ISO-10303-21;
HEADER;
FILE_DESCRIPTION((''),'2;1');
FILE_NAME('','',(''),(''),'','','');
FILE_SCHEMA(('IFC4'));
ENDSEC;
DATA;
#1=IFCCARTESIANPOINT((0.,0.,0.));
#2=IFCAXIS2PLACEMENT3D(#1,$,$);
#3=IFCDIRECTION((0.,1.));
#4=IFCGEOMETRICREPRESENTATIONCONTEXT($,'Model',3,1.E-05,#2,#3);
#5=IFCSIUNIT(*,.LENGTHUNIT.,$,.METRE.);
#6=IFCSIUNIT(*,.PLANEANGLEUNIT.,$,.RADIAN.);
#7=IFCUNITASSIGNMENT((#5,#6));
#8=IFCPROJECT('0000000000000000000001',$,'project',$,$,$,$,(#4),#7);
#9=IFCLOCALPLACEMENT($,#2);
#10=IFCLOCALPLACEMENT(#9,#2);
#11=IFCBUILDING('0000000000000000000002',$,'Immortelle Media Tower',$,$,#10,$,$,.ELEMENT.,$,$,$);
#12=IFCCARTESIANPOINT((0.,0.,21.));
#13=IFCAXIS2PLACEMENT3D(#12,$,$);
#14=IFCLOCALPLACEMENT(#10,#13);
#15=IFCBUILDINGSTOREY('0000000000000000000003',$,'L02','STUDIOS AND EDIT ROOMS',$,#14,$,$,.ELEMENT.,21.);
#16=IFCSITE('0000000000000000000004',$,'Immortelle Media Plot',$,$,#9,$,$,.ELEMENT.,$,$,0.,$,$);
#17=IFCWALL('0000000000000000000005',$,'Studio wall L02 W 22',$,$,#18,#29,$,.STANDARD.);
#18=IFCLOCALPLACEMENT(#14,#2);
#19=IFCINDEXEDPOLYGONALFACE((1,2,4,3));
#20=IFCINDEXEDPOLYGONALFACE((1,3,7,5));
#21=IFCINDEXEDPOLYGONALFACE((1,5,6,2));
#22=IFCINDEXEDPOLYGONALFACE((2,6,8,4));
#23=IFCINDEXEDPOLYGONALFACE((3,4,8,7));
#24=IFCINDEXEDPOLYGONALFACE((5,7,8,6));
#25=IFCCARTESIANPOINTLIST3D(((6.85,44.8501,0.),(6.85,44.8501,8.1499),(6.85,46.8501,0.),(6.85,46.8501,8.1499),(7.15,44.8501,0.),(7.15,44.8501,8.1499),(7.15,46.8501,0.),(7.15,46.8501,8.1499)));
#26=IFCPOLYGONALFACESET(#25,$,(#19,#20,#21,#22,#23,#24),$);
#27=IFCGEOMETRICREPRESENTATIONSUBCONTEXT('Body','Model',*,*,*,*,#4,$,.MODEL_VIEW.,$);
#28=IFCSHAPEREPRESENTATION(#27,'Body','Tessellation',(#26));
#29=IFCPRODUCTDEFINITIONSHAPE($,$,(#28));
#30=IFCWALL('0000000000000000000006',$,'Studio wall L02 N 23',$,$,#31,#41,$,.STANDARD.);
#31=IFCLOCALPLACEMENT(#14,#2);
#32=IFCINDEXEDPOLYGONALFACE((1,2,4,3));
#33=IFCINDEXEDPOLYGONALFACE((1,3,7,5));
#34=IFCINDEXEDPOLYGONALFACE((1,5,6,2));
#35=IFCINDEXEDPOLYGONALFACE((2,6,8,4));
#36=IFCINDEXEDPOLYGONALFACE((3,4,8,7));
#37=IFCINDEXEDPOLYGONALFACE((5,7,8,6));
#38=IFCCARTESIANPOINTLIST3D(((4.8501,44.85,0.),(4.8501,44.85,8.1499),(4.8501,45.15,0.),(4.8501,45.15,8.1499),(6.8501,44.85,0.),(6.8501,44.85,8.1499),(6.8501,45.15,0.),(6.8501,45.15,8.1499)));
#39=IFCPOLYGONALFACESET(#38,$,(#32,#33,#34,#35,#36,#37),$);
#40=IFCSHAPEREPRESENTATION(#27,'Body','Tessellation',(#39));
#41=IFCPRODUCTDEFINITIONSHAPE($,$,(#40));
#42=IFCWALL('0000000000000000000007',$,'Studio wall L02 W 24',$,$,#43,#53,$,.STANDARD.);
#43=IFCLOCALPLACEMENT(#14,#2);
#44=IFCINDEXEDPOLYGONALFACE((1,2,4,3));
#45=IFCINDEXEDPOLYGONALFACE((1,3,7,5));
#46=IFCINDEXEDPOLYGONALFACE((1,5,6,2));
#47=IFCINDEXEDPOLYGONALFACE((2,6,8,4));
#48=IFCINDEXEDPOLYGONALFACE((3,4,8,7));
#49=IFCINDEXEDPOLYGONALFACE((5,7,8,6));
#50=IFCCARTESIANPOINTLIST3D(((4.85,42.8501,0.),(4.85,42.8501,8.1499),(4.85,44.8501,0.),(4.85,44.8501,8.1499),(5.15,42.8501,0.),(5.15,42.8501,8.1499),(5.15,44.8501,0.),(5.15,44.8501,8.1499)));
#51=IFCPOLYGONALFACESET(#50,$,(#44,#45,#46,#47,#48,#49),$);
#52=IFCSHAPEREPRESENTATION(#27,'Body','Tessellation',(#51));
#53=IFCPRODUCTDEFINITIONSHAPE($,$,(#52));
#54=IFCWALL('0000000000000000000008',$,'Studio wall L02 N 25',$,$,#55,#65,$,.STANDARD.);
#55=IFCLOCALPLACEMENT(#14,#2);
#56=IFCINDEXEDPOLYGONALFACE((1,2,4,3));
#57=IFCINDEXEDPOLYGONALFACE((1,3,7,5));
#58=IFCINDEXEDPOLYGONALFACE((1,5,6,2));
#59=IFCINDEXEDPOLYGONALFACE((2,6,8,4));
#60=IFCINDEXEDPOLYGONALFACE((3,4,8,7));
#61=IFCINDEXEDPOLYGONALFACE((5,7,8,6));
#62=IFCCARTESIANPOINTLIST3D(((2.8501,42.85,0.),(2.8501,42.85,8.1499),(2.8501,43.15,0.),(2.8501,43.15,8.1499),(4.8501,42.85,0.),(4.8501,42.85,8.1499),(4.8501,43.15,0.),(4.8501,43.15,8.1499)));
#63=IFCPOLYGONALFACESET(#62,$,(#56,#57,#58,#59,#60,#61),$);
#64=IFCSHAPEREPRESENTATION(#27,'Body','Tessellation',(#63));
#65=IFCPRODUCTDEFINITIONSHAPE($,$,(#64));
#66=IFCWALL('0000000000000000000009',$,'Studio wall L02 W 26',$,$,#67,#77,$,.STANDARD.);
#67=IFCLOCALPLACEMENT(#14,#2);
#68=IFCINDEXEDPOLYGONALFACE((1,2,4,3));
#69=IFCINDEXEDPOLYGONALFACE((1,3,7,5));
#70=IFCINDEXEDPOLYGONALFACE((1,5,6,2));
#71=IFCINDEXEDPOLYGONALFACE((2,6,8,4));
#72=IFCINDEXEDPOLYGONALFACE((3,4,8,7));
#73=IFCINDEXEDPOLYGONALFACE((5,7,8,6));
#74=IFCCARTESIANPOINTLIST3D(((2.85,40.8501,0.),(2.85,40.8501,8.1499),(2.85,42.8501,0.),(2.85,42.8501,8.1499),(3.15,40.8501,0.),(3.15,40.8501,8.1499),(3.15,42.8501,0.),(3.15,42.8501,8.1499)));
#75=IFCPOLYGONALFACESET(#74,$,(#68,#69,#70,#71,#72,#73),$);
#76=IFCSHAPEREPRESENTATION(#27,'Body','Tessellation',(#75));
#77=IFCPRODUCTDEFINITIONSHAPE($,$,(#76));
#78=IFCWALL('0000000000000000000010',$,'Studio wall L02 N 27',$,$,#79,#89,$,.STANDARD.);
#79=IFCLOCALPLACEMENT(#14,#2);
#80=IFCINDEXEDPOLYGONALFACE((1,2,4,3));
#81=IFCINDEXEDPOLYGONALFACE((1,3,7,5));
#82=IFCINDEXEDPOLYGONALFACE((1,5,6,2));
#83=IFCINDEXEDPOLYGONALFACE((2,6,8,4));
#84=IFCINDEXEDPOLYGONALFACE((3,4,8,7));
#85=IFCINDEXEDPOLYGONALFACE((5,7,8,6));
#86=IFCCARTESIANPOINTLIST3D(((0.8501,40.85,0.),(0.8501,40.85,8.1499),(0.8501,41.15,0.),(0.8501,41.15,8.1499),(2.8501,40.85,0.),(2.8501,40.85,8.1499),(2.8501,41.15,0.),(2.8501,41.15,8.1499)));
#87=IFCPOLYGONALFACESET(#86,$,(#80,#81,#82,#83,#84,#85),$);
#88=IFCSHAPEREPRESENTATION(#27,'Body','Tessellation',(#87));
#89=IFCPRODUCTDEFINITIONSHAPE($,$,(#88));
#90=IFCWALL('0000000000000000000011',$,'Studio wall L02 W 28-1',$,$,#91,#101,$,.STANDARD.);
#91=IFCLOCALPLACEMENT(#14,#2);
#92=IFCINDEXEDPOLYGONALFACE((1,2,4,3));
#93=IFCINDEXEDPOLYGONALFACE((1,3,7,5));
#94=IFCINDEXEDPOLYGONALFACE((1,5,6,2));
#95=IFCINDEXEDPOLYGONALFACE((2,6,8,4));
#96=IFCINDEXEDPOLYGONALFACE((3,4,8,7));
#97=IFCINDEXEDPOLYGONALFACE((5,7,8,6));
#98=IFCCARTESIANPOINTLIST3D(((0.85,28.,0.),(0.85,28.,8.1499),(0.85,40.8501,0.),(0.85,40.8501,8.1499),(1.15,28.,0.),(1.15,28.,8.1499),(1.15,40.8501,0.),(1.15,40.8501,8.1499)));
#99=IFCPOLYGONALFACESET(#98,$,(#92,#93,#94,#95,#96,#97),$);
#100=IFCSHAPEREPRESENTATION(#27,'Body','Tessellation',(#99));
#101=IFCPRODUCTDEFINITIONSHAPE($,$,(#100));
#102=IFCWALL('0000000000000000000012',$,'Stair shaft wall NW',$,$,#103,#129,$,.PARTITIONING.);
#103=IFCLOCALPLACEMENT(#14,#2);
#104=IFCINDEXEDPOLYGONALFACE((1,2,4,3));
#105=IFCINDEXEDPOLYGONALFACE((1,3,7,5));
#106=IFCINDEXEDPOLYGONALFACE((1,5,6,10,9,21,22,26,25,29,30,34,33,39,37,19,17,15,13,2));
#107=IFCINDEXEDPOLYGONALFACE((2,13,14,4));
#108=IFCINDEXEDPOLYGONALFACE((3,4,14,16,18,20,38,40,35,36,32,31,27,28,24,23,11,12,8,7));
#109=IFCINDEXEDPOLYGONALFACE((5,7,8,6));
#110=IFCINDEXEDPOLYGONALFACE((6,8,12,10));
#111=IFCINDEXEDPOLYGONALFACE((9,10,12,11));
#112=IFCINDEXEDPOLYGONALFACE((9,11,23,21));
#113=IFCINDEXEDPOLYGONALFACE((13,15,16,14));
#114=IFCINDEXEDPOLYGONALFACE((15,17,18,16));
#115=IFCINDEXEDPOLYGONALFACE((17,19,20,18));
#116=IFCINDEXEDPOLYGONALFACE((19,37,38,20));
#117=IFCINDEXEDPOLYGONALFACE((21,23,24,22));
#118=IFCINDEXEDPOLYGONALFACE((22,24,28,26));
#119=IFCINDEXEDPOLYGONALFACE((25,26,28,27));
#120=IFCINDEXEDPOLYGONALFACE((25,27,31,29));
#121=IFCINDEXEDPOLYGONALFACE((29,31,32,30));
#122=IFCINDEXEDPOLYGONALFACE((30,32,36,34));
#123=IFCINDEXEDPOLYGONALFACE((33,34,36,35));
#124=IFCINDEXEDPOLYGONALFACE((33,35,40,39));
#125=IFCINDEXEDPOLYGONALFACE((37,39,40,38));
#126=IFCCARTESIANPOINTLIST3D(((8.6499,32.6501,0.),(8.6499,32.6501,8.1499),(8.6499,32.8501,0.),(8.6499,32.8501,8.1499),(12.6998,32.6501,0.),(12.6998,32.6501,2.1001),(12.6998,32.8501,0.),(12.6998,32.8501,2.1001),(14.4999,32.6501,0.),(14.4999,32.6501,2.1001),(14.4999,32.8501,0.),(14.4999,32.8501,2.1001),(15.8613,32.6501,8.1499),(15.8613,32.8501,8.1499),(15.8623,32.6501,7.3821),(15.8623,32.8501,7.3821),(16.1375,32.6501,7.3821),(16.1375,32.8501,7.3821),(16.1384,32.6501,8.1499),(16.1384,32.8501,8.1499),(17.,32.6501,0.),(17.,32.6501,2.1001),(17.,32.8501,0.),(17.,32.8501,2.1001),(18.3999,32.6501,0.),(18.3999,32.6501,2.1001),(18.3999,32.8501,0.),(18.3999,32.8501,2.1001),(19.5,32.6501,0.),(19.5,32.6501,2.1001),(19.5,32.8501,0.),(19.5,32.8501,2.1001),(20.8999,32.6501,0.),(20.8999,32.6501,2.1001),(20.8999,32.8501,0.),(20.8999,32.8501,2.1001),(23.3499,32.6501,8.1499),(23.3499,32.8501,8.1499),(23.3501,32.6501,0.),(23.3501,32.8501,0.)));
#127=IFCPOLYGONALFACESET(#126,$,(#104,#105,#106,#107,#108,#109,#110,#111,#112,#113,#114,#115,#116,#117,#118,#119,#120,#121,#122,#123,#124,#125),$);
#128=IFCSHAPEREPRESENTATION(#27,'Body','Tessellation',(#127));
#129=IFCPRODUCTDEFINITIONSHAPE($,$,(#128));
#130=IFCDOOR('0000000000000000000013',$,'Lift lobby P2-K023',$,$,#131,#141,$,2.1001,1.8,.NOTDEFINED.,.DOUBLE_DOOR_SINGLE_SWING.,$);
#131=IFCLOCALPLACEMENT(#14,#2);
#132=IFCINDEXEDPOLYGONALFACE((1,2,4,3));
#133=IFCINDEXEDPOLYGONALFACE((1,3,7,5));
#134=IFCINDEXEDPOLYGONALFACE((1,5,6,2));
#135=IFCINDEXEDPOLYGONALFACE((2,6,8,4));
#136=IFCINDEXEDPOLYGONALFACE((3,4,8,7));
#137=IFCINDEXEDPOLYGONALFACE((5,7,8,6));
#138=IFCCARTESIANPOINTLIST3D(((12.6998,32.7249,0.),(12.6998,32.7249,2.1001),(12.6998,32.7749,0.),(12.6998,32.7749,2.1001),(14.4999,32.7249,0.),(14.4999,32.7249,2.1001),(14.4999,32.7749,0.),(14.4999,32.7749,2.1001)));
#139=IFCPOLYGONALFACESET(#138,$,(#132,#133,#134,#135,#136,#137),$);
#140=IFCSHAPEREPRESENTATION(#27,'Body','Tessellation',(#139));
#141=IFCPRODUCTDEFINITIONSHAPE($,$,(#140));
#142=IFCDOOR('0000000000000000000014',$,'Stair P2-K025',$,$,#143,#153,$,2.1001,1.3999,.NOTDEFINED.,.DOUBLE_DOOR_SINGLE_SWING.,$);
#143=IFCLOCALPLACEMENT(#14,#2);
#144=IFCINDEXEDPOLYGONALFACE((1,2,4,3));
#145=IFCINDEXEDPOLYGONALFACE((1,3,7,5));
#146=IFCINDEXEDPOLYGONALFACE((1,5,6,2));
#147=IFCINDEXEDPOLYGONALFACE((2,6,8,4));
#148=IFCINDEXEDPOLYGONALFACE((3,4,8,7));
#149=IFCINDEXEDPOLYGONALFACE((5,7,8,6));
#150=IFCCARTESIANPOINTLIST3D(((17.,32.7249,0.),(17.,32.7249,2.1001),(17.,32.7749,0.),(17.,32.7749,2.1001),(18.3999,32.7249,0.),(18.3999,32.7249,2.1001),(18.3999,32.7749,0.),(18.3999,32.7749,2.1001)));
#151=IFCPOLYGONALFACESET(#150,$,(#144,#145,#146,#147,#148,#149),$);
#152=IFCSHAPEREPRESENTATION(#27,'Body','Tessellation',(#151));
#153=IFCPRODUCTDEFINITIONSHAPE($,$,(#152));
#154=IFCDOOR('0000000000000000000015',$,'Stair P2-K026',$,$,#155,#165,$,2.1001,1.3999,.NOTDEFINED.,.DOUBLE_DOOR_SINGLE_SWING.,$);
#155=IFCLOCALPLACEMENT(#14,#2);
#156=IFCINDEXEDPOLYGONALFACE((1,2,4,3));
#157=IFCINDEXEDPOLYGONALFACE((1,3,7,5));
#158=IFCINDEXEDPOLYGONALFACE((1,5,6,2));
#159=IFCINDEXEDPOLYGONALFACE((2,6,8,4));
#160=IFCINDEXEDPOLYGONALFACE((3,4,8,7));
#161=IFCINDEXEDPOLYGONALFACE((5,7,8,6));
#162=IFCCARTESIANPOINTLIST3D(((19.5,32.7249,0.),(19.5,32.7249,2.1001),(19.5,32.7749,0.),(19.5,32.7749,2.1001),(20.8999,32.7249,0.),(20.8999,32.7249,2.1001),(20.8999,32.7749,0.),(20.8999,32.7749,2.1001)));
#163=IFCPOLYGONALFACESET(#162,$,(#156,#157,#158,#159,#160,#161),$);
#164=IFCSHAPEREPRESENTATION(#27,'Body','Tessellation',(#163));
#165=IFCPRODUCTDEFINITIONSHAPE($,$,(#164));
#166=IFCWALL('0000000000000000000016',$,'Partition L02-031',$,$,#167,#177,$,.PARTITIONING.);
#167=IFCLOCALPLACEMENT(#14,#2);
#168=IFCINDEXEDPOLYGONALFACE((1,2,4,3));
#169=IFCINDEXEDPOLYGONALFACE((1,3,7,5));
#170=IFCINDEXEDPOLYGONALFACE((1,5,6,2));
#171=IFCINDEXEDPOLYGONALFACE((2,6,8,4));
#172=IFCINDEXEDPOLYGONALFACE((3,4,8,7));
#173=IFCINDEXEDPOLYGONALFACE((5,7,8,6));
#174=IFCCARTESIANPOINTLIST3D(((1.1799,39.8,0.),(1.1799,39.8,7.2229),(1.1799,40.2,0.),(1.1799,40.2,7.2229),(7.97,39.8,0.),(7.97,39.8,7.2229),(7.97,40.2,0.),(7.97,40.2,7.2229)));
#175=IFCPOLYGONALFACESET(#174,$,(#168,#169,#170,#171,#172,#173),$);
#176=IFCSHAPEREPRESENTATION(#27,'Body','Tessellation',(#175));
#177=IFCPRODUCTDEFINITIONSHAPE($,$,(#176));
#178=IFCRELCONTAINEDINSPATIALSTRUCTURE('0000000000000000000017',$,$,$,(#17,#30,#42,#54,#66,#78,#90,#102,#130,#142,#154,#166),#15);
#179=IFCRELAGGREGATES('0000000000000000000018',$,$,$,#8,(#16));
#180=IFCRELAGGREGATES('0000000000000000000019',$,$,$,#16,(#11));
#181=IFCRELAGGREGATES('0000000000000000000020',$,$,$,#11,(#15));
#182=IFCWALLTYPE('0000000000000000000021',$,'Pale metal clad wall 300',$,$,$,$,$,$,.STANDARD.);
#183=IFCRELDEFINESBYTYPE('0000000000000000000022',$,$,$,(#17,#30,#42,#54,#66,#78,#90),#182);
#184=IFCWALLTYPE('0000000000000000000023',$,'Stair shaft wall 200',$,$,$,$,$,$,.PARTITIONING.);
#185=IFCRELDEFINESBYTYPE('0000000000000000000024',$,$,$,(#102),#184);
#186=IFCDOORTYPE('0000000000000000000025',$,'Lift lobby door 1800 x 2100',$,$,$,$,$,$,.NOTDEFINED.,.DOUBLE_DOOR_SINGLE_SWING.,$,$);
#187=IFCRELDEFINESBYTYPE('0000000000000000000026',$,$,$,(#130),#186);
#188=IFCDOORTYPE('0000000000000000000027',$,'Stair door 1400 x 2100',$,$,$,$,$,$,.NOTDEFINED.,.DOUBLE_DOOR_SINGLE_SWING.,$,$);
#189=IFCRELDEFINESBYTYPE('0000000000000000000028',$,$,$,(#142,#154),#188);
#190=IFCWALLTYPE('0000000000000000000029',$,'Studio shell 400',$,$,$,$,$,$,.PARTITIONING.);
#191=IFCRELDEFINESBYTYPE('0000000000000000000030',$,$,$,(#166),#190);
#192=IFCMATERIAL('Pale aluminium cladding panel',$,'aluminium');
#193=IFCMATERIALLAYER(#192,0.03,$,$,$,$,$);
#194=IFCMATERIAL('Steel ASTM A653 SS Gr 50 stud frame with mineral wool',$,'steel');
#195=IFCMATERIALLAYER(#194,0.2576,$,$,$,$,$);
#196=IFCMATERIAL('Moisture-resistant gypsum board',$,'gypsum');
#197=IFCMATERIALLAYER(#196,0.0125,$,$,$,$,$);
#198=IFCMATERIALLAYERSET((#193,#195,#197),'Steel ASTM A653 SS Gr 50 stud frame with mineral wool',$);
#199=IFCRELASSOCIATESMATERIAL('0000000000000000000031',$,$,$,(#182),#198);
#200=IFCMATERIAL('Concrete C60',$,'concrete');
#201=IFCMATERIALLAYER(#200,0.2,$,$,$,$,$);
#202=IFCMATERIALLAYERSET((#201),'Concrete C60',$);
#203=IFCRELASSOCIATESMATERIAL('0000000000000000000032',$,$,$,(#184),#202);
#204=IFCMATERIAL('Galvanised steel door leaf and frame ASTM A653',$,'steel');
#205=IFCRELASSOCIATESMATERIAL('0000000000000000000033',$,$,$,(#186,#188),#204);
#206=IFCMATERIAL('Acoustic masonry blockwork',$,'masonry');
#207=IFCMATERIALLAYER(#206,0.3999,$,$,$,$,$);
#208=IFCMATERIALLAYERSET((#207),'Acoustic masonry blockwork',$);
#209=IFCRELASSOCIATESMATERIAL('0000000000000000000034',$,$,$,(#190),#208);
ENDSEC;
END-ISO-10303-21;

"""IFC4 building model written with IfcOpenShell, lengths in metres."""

from ifc_helpers import new_model, si_unit, direction, frame, frame_2d, origin, place, context, subcontext, project, spatial, polyline, rectangle, outline, extrude, material, layer, layer_set, type_object, element, fill, save


model = new_model("IFC4")

# Units and contexts
model_context = context("Model", 3, precision=1e-05, world=origin(), true_north=direction((0.0, 1.0)))
body_context = subcontext(model_context, "Body", "Model", "MODEL_VIEW")
ifc_project = project(units=[si_unit("LENGTHUNIT", "METRE"), si_unit("PLANEANGLEUNIT", "RADIAN")], contexts=[model_context])

# Site, building, storey
site_placement = place(None, origin())
site = spatial("IfcSite", under=ifc_project, at=site_placement, Name="Immortelle Media Plot", CompositionType="ELEMENT", RefElevation=0.0)
building_placement = place(site_placement, origin())
building = spatial("IfcBuilding", under=site, at=building_placement, Name="Immortelle Media Tower", CompositionType="ELEMENT")
storey_placement = place(building_placement, frame((0.0, 0.0, 21.0)))
storey = spatial("IfcBuildingStorey", under=building, at=storey_placement, Name="L02", Description="STUDIOS AND EDIT ROOMS", CompositionType="ELEMENT", Elevation=21.0)

# Shared definitions
ifc_material_1 = material(Name="Steel ASTM A653 SS Gr 50 stud frame with mineral wool", Category="steel")

# Walls
ifc_material_2 = material(Name="Pale aluminium cladding panel", Category="aluminium")
ifc_layer_1 = layer(ifc_material_2, 0.03)
ifc_layer_2 = layer(ifc_material_1, 0.2576)
ifc_material_3 = material(Name="Moisture-resistant gypsum board", Category="gypsum")
ifc_layer_3 = layer(ifc_material_3, 0.0125)
ifc_layer_set_1 = layer_set([ifc_layer_1, ifc_layer_2, ifc_layer_3], Name="Steel ASTM A653 SS Gr 50 stud frame with mineral wool")
wall_type_1 = type_object("IfcWallType", Name="Pale metal clad wall 300", PredefinedType="STANDARD", material=ifc_layer_set_1)
for number, where, z_axis, x_axis, name in (
    (1, (7.0, 46.8501, 0.0), (0.0, 0.0, 1.0), (0.0, -1.0, 0.0), "Studio wall L02 W 22"),
    (2, (6.8501, 45.0, 0.0), (0.0, 0.0, 1.0), (-1.0, 0.0, 0.0), "Studio wall L02 N 23"),
    (3, (5.0, 44.8501, 0.0), (0.0, 0.0, 1.0), (0.0, -1.0, 0.0), "Studio wall L02 W 24"),
    (4, (4.8501, 43.0, 0.0), (0.0, 0.0, 1.0), (-1.0, 0.0, 0.0), "Studio wall L02 N 25"),
    (5, (3.0, 42.8501, 0.0), (0.0, 0.0, 1.0), (0.0, -1.0, 0.0), "Studio wall L02 W 26"),
    (6, (2.8501, 41.0, 0.0), (0.0, 0.0, 1.0), (-1.0, 0.0, 0.0), "Studio wall L02 N 27"),
):
    element("IfcWall", number, at=place(storey_placement, frame(where, z_axis=z_axis, x_axis=x_axis)), inside=storey, type_object=wall_type_1, Name=name, PredefinedType="STANDARD", context=body_context, shape_type="SweptSolid", body=[
        extrude(rectangle(XDim=2.0, YDim=0.3, at=frame_2d((1.0, 0.0))), origin(), (0.0, 0.0, 1.0), 8.1499),
    ])
wall_1_placement = place(storey_placement, frame((1.0, 40.8501, 0.0), z_axis=(0.0, 0.0, 1.0), x_axis=(0.0, -1.0, 0.0)))
element("IfcWall", 7, at=wall_1_placement, inside=storey, type_object=wall_type_1, Name="Studio wall L02 W 28-1", PredefinedType="STANDARD", context=body_context, shape_type="SweptSolid", body=[
    extrude(rectangle(XDim=12.8501, YDim=0.3, at=frame_2d((6.425, 0.0))), origin(), (0.0, 0.0, 1.0), 8.1499),
])

# Wall, openings, doors
ifc_material_4 = material(Name="Concrete C60", Category="concrete")
ifc_layer_4 = layer(ifc_material_4, 0.2)
ifc_layer_set_2 = layer_set([ifc_layer_4], Name="Concrete C60")
wall_type_2 = type_object("IfcWallType", Name="Stair shaft wall 200", PredefinedType="PARTITIONING", material=ifc_layer_set_2)
wall_2_placement = place(storey_placement, frame((8.6499, 32.75, 0.0), z_axis=(0.0, 0.0, 1.0), x_axis=(1.0, 0.0, 0.0)))
wall_2 = element("IfcWall", 8, at=wall_2_placement, inside=storey, type_object=wall_type_2, Name="Stair shaft wall NW", PredefinedType="PARTITIONING", context=body_context, shape_type="SweptSolid", body=[
    extrude(outline(polyline([(0.0, 0.0), (14.7002, 0.0), (14.7, 8.1499), (7.4885, 8.1499), (7.4875, 7.3821), (7.2124, 7.3821), (7.2114, 8.1499), (0.0, 8.1499), (0.0, 0.0)])), frame((0.0, 0.1001, 0.0), z_axis=(0.0, -1.0, 0.0), x_axis=(1.0, 0.0, 0.0)), (0.0, 0.0, 1.0), 0.2),
])
opening_1_placement = place(wall_2_placement, frame((4.05, 0.0, 0.0)))
opening_1 = element("IfcOpeningElement", 9, at=opening_1_placement, cuts=wall_2, PredefinedType="OPENING", context=body_context, shape_type="SweptSolid", body=[
    extrude(rectangle(XDim=1.8, YDim=2.1001, at=frame_2d((0.8999, 1.05))), frame((0.0, 0.1099, 0.0), z_axis=(0.0, -1.0, 0.0), x_axis=(1.0, 0.0, 0.0)), (0.0, 0.0, 1.0), 0.22),
])
opening_2_placement = place(wall_2_placement, frame((8.3501, 0.0, 0.0)))
opening_2 = element("IfcOpeningElement", 10, at=opening_2_placement, cuts=wall_2, PredefinedType="OPENING", context=body_context, shape_type="SweptSolid", body=[
    extrude(rectangle(XDim=1.3999, YDim=2.1001, at=frame_2d((0.7, 1.05))), frame((0.0, 0.1099, 0.0), z_axis=(0.0, -1.0, 0.0), x_axis=(1.0, 0.0, 0.0)), (0.0, 0.0, 1.0), 0.22),
])
opening_3_placement = place(wall_2_placement, frame((10.8501, 0.0, 0.0)))
opening_3 = element("IfcOpeningElement", 11, at=opening_3_placement, cuts=wall_2, PredefinedType="OPENING", context=body_context, shape_type="SweptSolid", body=[
    extrude(rectangle(XDim=1.3999, YDim=2.1001, at=frame_2d((0.7, 1.05))), frame((0.0, 0.1099, 0.0), z_axis=(0.0, -1.0, 0.0), x_axis=(1.0, 0.0, 0.0)), (0.0, 0.0, 1.0), 0.22),
])
ifc_material_5 = material(Name="Galvanised steel door leaf and frame ASTM A653", Category="steel")
door_type_1 = type_object("IfcDoorType", Name="Lift lobby door 1800 x 2100", OperationType="DOUBLE_DOOR_SINGLE_SWING", PredefinedType="NOTDEFINED", material=ifc_material_5)
door_1_placement = place(opening_1_placement, origin())
door_1 = element("IfcDoor", 12, at=door_1_placement, inside=storey, type_object=door_type_1, Name="Lift lobby P2-K023", OperationType="DOUBLE_DOOR_SINGLE_SWING", OverallHeight=2.1001, OverallWidth=1.8, PredefinedType="NOTDEFINED", context=body_context, shape_type="SweptSolid", body=[
    extrude(rectangle(XDim=1.8, YDim=2.1001, at=frame_2d((0.8999, 1.05))), frame((0.0, 0.0249, 0.0), z_axis=(0.0, -1.0, 0.0), x_axis=(1.0, 0.0, 0.0)), (0.0, 0.0, 1.0), 0.05),
])
fill(opening_1, door_1)
door_type_2 = type_object("IfcDoorType", Name="Stair door 1400 x 2100", OperationType="DOUBLE_DOOR_SINGLE_SWING", PredefinedType="NOTDEFINED", material=ifc_material_5)
door_2_placement = place(opening_2_placement, origin())
door_2 = element("IfcDoor", 13, at=door_2_placement, inside=storey, type_object=door_type_2, Name="Stair P2-K025", OperationType="DOUBLE_DOOR_SINGLE_SWING", OverallHeight=2.1001, OverallWidth=1.3999, PredefinedType="NOTDEFINED", context=body_context, shape_type="SweptSolid", body=[
    extrude(rectangle(XDim=1.3999, YDim=2.1001, at=frame_2d((0.7, 1.05))), frame((0.0, 0.0249, 0.0), z_axis=(0.0, -1.0, 0.0), x_axis=(1.0, 0.0, 0.0)), (0.0, 0.0, 1.0), 0.05),
])
fill(opening_2, door_2)
door_3_placement = place(opening_3_placement, origin())
door_3 = element("IfcDoor", 14, at=door_3_placement, inside=storey, type_object=door_type_2, Name="Stair P2-K026", OperationType="DOUBLE_DOOR_SINGLE_SWING", OverallHeight=2.1001, OverallWidth=1.3999, PredefinedType="NOTDEFINED", context=body_context, shape_type="SweptSolid", body=[
    extrude(rectangle(XDim=1.3999, YDim=2.1001, at=frame_2d((0.7, 1.05))), frame((0.0, 0.0249, 0.0), z_axis=(0.0, -1.0, 0.0), x_axis=(1.0, 0.0, 0.0)), (0.0, 0.0, 1.0), 0.05),
])
fill(opening_3, door_3)

# Wall
ifc_material_6 = material(Name="Acoustic masonry blockwork", Category="masonry")
ifc_layer_5 = layer(ifc_material_6, 0.3999)
ifc_layer_set_3 = layer_set([ifc_layer_5], Name="Acoustic masonry blockwork")
wall_type_3 = type_object("IfcWallType", Name="Studio shell 400", PredefinedType="PARTITIONING", material=ifc_layer_set_3)
wall_3_placement = place(storey_placement, frame((1.1799, 40.0, 0.0), z_axis=(0.0, 0.0, 1.0), x_axis=(1.0, 0.0, 0.0)))
element("IfcWall", 15, at=wall_3_placement, inside=storey, type_object=wall_type_3, Name="Partition L02-031", PredefinedType="PARTITIONING", context=body_context, shape_type="SweptSolid", body=[
    extrude(rectangle(XDim=6.79, YDim=0.3999, at=frame_2d((3.395, 0.0))), origin(), (0.0, 0.0, 1.0), 7.2229),
])

save(model, "model.ifc")
